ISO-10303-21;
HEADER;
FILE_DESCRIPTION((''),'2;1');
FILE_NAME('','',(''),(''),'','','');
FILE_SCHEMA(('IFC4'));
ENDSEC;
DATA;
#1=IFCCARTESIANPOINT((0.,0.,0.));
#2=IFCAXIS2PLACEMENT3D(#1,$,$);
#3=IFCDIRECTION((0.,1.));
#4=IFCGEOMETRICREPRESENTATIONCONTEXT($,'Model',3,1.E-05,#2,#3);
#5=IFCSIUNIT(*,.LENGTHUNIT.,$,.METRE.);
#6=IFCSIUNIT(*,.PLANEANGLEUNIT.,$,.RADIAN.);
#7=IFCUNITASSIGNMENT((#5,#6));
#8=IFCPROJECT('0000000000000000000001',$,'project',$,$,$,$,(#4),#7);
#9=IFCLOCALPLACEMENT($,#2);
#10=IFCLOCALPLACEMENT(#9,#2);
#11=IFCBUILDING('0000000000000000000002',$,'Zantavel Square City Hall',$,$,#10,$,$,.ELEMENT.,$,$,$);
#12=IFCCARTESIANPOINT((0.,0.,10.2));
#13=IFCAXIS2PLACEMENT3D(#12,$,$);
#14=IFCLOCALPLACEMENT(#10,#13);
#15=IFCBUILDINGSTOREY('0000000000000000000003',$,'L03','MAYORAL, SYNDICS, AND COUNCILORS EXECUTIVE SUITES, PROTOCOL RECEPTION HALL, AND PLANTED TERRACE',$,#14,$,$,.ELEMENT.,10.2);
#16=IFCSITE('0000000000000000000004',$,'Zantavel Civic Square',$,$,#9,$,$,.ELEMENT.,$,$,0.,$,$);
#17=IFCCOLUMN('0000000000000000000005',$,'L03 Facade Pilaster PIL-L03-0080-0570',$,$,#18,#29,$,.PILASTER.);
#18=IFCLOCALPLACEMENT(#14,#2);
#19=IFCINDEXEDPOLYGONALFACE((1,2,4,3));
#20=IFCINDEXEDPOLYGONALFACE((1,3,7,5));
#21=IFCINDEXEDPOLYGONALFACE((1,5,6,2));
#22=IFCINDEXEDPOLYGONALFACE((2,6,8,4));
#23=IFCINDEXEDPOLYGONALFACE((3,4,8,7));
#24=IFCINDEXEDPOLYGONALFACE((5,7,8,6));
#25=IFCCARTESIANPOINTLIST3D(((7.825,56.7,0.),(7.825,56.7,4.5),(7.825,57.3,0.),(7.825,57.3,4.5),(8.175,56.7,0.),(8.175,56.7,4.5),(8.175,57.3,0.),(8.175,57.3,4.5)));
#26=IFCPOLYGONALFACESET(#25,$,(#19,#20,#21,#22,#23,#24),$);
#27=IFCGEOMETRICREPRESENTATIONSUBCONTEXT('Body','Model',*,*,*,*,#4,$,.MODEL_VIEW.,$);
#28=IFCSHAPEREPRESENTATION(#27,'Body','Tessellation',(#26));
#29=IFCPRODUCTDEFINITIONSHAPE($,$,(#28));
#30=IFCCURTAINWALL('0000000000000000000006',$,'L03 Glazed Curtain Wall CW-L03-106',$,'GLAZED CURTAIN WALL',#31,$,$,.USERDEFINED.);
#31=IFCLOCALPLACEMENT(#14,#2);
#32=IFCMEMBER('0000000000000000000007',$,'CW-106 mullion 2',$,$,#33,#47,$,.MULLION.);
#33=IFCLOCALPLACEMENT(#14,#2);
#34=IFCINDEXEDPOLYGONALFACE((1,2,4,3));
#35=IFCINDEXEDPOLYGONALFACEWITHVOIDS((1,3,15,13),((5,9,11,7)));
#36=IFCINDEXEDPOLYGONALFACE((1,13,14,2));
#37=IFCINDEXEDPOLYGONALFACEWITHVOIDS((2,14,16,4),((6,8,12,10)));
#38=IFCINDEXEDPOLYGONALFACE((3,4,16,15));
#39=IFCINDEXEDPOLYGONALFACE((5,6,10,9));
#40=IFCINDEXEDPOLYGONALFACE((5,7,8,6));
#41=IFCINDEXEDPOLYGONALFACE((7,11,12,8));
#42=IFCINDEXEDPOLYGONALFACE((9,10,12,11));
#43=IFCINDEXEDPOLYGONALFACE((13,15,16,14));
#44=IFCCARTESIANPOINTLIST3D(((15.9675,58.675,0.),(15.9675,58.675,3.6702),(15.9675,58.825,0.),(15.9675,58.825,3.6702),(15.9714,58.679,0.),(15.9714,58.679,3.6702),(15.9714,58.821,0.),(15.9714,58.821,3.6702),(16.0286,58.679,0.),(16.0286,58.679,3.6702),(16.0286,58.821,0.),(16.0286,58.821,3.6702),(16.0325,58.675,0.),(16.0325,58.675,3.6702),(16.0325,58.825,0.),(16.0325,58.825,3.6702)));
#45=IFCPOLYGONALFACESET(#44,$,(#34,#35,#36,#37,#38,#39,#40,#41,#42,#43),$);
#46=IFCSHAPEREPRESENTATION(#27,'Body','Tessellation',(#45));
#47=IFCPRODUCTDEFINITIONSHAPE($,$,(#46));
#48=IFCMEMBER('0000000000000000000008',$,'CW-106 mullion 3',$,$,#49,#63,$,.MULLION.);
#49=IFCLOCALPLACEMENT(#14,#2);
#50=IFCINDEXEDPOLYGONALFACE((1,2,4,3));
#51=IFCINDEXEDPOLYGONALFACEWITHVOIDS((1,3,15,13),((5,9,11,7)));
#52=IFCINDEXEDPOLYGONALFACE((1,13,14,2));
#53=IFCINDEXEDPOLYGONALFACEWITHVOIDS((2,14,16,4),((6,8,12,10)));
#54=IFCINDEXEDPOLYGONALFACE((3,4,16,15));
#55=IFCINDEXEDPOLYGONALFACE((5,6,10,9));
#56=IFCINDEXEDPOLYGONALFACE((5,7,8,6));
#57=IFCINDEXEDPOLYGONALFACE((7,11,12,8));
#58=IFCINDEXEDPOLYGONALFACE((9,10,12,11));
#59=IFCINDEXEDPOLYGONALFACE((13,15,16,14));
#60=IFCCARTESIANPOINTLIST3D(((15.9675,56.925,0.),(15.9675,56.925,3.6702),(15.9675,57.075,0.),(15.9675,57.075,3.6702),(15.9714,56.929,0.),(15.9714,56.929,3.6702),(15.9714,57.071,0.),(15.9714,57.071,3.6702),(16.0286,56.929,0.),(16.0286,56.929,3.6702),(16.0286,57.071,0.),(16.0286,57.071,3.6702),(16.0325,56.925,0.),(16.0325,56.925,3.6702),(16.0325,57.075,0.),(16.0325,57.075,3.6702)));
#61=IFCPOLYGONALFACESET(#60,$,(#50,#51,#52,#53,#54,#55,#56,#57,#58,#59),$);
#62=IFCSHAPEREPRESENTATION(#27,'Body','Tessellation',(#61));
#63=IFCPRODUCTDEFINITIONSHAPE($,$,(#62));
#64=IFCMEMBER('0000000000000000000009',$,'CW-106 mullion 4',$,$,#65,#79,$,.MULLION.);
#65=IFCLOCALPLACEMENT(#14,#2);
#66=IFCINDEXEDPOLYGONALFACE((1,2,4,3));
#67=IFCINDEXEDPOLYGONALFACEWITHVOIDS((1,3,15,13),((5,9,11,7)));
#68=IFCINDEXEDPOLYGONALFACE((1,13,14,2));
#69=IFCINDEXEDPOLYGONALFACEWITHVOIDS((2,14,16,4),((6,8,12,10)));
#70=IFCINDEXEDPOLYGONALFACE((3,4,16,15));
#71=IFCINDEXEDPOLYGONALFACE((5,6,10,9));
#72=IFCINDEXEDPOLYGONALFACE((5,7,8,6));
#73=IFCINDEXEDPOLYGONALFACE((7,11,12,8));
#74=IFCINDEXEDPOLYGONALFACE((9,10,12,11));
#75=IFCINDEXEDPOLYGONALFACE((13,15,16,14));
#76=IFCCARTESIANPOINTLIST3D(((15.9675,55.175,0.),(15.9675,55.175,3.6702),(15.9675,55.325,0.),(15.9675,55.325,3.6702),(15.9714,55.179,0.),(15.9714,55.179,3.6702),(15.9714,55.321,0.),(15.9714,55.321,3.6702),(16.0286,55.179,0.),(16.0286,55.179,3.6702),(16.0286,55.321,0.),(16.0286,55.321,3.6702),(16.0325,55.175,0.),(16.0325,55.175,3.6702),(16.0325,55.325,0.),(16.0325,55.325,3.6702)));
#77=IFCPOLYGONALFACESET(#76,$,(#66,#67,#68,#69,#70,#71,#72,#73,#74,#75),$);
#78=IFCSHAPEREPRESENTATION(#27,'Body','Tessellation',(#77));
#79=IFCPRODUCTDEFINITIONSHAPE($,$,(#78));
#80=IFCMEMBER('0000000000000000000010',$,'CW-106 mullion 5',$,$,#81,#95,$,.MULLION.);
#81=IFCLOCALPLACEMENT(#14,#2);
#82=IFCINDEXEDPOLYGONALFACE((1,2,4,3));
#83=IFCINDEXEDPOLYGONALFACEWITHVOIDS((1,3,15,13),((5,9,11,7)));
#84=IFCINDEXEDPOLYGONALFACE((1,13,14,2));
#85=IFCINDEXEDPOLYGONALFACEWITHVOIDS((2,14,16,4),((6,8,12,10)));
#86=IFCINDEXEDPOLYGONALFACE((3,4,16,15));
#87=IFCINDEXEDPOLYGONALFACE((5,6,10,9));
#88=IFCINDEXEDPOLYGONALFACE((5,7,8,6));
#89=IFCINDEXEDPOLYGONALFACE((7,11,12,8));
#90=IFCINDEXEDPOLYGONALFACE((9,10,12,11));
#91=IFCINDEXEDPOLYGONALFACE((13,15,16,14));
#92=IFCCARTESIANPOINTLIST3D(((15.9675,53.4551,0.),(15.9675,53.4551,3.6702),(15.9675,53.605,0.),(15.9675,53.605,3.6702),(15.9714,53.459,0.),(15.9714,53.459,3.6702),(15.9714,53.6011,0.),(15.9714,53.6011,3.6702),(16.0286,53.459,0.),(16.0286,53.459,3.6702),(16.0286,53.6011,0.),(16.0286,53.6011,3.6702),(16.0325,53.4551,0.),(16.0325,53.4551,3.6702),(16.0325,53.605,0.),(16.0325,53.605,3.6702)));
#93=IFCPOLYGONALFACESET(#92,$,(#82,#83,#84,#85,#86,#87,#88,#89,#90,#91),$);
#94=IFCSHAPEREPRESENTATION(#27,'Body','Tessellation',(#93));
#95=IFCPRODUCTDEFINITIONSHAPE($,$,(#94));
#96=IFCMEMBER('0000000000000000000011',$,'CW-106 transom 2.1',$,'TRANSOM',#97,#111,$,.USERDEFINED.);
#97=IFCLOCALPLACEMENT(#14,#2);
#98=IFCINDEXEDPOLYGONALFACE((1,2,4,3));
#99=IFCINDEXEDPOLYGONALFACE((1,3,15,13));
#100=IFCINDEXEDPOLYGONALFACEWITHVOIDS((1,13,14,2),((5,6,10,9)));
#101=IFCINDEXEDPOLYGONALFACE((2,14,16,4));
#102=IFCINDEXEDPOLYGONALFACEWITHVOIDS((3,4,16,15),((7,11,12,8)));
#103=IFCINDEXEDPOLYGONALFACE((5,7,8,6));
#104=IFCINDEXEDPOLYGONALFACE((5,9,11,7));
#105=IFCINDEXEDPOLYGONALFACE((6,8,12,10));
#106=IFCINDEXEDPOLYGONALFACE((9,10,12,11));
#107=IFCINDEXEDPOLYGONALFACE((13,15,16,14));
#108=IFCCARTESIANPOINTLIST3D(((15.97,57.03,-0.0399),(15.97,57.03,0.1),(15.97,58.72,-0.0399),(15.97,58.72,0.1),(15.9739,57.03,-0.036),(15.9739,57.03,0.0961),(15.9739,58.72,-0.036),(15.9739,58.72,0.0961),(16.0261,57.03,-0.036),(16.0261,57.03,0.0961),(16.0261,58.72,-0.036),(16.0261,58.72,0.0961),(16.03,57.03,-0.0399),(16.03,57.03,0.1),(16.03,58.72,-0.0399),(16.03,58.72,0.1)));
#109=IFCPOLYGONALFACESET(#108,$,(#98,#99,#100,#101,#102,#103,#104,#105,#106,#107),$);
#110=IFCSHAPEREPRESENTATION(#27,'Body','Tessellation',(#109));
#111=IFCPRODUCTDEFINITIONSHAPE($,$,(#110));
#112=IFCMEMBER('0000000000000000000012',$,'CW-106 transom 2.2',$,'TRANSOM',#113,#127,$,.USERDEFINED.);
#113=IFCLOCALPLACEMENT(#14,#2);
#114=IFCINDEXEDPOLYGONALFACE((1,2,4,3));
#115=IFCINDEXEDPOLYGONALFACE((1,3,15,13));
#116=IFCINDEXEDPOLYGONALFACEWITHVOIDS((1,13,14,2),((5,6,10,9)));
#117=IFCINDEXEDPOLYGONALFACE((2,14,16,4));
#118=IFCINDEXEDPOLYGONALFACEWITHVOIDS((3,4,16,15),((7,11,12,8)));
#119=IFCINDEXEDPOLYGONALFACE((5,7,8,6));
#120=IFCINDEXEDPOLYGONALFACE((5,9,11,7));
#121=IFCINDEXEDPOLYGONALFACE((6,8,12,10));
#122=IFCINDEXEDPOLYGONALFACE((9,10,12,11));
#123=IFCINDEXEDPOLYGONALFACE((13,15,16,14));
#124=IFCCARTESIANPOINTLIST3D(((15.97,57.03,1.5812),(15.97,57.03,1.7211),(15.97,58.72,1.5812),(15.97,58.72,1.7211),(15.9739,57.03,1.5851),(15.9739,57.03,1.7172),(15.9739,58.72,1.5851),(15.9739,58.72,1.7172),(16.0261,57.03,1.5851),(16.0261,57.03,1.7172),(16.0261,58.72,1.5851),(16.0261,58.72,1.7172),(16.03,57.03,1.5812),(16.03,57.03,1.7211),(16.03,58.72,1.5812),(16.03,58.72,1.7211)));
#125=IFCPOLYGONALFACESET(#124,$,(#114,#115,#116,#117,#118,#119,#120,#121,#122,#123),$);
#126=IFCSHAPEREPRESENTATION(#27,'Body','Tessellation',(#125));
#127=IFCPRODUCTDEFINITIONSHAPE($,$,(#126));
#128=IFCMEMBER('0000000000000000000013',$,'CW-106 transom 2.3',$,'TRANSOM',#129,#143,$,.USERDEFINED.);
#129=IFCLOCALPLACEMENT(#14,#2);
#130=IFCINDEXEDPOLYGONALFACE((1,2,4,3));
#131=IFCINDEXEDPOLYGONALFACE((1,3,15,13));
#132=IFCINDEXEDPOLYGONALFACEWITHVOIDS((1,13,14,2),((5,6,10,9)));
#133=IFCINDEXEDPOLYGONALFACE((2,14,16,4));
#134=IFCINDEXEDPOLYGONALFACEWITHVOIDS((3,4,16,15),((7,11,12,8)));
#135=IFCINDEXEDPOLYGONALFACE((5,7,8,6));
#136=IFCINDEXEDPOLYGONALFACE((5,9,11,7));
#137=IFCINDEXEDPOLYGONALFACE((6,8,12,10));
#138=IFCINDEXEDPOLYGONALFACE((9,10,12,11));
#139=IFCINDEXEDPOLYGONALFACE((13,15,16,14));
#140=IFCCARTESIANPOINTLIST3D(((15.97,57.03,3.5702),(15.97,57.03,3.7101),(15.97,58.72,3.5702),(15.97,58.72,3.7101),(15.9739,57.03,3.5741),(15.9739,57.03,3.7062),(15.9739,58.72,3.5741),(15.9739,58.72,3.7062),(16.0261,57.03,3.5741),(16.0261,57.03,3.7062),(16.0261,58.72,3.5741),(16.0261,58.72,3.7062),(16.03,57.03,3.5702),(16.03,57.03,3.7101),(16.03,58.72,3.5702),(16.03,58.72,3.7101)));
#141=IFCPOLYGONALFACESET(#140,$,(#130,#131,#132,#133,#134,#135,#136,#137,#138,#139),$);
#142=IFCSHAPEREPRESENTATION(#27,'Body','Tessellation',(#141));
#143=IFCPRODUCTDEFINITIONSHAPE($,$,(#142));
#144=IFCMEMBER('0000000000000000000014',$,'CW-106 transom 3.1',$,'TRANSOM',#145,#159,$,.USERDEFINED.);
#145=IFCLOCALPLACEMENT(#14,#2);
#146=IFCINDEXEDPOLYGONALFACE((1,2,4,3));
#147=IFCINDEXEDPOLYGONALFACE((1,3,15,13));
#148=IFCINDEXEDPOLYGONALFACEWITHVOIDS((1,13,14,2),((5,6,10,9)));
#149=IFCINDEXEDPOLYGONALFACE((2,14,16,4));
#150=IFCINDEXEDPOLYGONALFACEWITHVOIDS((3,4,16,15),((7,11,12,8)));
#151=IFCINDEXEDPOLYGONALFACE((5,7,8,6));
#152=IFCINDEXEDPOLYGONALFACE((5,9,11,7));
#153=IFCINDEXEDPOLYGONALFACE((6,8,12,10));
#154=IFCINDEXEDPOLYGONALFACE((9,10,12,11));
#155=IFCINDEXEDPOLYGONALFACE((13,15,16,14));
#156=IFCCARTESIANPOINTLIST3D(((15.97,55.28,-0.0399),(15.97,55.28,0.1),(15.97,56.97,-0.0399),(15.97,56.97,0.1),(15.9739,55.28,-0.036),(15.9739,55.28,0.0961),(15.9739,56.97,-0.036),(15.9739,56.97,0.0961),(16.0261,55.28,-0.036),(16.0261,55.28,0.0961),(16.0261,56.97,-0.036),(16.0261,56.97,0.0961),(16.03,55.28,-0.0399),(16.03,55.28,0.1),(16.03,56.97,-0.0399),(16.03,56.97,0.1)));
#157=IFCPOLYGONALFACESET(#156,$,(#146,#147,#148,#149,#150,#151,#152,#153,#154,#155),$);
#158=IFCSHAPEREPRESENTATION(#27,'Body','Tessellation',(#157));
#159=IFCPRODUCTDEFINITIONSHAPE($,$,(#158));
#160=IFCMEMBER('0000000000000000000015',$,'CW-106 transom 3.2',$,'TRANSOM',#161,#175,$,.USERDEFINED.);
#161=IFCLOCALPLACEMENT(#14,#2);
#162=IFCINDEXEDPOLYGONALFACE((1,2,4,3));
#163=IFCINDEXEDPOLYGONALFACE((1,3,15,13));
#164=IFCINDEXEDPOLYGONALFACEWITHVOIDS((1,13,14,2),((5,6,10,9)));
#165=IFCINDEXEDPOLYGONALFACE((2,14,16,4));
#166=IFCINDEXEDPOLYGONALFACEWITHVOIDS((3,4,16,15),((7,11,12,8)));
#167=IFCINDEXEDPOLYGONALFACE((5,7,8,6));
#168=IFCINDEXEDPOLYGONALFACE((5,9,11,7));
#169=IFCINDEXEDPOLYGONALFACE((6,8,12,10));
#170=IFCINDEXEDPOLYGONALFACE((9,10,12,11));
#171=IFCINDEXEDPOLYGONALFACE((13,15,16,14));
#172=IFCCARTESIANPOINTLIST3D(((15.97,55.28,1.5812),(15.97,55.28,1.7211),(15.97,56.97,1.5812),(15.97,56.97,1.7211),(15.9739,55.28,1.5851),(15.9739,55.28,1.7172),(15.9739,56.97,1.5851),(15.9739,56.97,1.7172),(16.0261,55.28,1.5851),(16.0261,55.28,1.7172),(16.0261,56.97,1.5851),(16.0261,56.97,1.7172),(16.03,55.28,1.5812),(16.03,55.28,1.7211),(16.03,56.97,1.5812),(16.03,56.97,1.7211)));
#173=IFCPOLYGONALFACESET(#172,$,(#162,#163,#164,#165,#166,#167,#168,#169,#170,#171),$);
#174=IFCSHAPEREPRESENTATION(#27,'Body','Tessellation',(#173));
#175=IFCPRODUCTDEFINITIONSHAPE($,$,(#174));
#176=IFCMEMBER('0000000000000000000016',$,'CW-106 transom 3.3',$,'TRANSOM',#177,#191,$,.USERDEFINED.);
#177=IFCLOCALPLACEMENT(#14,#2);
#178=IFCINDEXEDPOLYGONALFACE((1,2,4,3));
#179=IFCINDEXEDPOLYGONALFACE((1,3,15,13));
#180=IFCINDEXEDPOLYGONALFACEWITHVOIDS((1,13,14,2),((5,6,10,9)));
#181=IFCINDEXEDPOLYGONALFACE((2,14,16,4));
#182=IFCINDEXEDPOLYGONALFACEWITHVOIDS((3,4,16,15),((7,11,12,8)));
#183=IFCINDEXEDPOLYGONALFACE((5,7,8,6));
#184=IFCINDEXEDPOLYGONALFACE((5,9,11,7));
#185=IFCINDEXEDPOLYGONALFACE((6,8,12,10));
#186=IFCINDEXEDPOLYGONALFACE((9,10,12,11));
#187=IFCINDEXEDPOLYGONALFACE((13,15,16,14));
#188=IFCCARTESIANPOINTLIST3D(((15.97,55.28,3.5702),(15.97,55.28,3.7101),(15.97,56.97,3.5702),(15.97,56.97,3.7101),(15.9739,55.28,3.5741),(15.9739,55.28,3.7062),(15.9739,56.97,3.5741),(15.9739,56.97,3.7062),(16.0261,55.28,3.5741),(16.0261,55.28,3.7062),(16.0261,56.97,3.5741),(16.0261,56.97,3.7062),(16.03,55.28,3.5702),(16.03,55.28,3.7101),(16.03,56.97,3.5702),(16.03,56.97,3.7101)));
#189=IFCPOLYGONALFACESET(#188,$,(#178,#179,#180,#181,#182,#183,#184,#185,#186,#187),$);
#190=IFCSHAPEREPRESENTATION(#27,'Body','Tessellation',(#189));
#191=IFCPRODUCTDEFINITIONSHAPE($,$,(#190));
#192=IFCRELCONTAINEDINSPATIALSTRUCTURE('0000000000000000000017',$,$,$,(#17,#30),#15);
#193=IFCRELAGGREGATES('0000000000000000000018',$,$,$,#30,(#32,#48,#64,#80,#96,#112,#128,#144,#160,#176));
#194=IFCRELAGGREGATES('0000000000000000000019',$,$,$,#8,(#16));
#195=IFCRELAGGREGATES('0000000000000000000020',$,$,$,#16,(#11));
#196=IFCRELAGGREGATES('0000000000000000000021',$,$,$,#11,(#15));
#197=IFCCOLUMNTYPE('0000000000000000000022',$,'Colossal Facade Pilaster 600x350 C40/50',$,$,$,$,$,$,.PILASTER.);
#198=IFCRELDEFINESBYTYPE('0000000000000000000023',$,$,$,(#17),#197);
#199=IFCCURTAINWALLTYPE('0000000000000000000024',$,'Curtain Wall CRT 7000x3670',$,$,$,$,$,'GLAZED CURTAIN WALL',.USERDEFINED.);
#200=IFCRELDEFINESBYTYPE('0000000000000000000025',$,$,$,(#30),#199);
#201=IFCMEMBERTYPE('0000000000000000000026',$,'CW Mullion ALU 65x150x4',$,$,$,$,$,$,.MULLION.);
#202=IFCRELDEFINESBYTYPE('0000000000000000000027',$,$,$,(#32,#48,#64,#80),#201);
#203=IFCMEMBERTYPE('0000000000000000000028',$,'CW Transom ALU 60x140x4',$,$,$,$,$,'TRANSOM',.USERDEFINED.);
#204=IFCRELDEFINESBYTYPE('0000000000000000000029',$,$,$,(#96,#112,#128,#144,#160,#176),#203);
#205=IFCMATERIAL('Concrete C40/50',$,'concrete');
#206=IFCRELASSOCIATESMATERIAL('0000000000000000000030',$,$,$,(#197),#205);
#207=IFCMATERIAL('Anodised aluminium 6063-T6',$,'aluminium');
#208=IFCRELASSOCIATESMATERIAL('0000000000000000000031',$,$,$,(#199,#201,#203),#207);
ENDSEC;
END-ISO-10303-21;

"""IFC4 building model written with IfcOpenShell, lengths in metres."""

from ifc_helpers import new_model, si_unit, direction, frame, origin, origin_2d, place, context, subcontext, project, spatial, rectangle, hollow_rectangle, extrude, material, material_profile, profile_set, type_object, element, aggregate, save


model = new_model("IFC4")

# Units and contexts
model_context = context("Model", 3, precision=1e-05, world=origin(), true_north=direction((0.0, 1.0)))
body_context = subcontext(model_context, "Body", "Model", "MODEL_VIEW")
ifc_project = project(units=[si_unit("LENGTHUNIT", "METRE"), si_unit("PLANEANGLEUNIT", "RADIAN")], contexts=[model_context])

# Site, building, storey
site_placement = place(None, origin())
site = spatial("IfcSite", under=ifc_project, at=site_placement, Name="Zantavel Civic Square", CompositionType="ELEMENT", RefElevation=0.0)
building_placement = place(site_placement, origin())
building = spatial("IfcBuilding", under=site, at=building_placement, Name="Zantavel Square City Hall", CompositionType="ELEMENT")
storey_placement = place(building_placement, frame((0.0, 0.0, 10.2)))
storey = spatial("IfcBuildingStorey", under=building, at=storey_placement, Name="L03", Description="MAYORAL, SYNDICS, AND COUNCILORS EXECUTIVE SUITES, PROTOCOL RECEPTION HALL, AND PLANTED TERRACE", CompositionType="ELEMENT", Elevation=10.2)

# Column
ifc_material_1 = material(Name="Concrete C40/50", Category="concrete")
ifc_material_profile_1 = material_profile(ifc_material_1, rectangle(XDim=0.6001, YDim=0.3501, at=origin_2d()), Name="RC 600x350")
ifc_profile_set_1 = profile_set([ifc_material_profile_1], Name="Concrete C40/50")
column_type = type_object("IfcColumnType", Name="Colossal Facade Pilaster 600x350 C40/50", PredefinedType="PILASTER", material=ifc_profile_set_1)
column_placement = place(storey_placement, frame((8.0, 57.0, 0.0), z_axis=(0.0, 0.0, 1.0), x_axis=(0.0, 1.0, 0.0)))
element("IfcColumn", 1, at=column_placement, inside=storey, type_object=column_type, Name="L03 Facade Pilaster PIL-L03-0080-0570", PredefinedType="PILASTER", context=body_context, shape_type="SweptSolid", body=[
    extrude(rectangle(XDim=0.6001, YDim=0.3501, at=origin_2d()), origin(), (0.0, 0.0, 1.0), 4.5),
])

# Curtain wall, members
ifc_material_2 = material(Name="Anodised aluminium 6063-T6", Category="aluminium")
curtain_wall_type = type_object("IfcCurtainWallType", Name="Curtain Wall CRT 7000x3670", ElementType="GLAZED CURTAIN WALL", PredefinedType="USERDEFINED", material=ifc_material_2)
curtain_wall_placement = place(storey_placement, origin())
curtain_wall = element("IfcCurtainWall", 2, at=curtain_wall_placement, inside=storey, type_object=curtain_wall_type, Name="L03 Glazed Curtain Wall CW-L03-106", ObjectType="GLAZED CURTAIN WALL", PredefinedType="USERDEFINED")
ifc_material_profile_2 = material_profile(ifc_material_2, hollow_rectangle(XDim=0.0649, YDim=0.1499, WallThickness=0.0039, at=origin_2d()), Name="ALU 65x150x4")
ifc_profile_set_2 = profile_set([ifc_material_profile_2], Name="Anodised aluminium 6063-T6")
member_type_1 = type_object("IfcMemberType", Name="CW Mullion ALU 65x150x4", PredefinedType="MULLION", material=ifc_profile_set_2)
member_1_placement = place(storey_placement, frame((16.0, 58.75, 0.0), z_axis=(0.0, 0.0, 1.0), x_axis=(1.0, 0.0, 0.0)))
member_1 = element("IfcMember", 3, at=member_1_placement, type_object=member_type_1, Name="CW-106 mullion 2", PredefinedType="MULLION", context=body_context, shape_type="SweptSolid", body=[
    extrude(hollow_rectangle(XDim=0.0649, YDim=0.1499, WallThickness=0.0039, at=origin_2d()), origin(), (0.0, 0.0, 1.0), 3.6702),
])
member_2_placement = place(storey_placement, frame((16.0, 57.0, 0.0), z_axis=(0.0, 0.0, 1.0), x_axis=(1.0, 0.0, 0.0)))
member_2 = element("IfcMember", 4, at=member_2_placement, type_object=member_type_1, Name="CW-106 mullion 3", PredefinedType="MULLION", context=body_context, shape_type="SweptSolid", body=[
    extrude(hollow_rectangle(XDim=0.0649, YDim=0.1499, WallThickness=0.0039, at=origin_2d()), origin(), (0.0, 0.0, 1.0), 3.6702),
])
member_3_placement = place(storey_placement, frame((16.0, 55.25, 0.0), z_axis=(0.0, 0.0, 1.0), x_axis=(1.0, 0.0, 0.0)))
member_3 = element("IfcMember", 5, at=member_3_placement, type_object=member_type_1, Name="CW-106 mullion 4", PredefinedType="MULLION", context=body_context, shape_type="SweptSolid", body=[
    extrude(hollow_rectangle(XDim=0.0649, YDim=0.1499, WallThickness=0.0039, at=origin_2d()), origin(), (0.0, 0.0, 1.0), 3.6702),
])
member_4_placement = place(storey_placement, frame((16.0, 53.53, 0.0), z_axis=(0.0, 0.0, 1.0), x_axis=(1.0, 0.0, 0.0)))
member_4 = element("IfcMember", 6, at=member_4_placement, type_object=member_type_1, Name="CW-106 mullion 5", PredefinedType="MULLION", context=body_context, shape_type="SweptSolid", body=[
    extrude(hollow_rectangle(XDim=0.0649, YDim=0.1499, WallThickness=0.0039, at=origin_2d()), origin(), (0.0, 0.0, 1.0), 3.6702),
])
ifc_material_profile_3 = material_profile(ifc_material_2, hollow_rectangle(XDim=0.0601, YDim=0.1399, WallThickness=0.0039, at=origin_2d()), Name="ALU 60x140x4")
ifc_profile_set_3 = profile_set([ifc_material_profile_3], Name="Anodised aluminium 6063-T6")
member_type_2 = type_object("IfcMemberType", Name="CW Transom ALU 60x140x4", ElementType="TRANSOM", PredefinedType="USERDEFINED", material=ifc_profile_set_3)
member_5_placement = place(storey_placement, frame((16.0, 58.72, 0.03), z_axis=(0.0, -1.0, 0.0), x_axis=(1.0, 0.0, 0.0)))
member_5 = element("IfcMember", 7, at=member_5_placement, type_object=member_type_2, Name="CW-106 transom 2.1", ObjectType="TRANSOM", PredefinedType="USERDEFINED", context=body_context, shape_type="SweptSolid", body=[
    extrude(hollow_rectangle(XDim=0.0601, YDim=0.1399, WallThickness=0.0039, at=origin_2d()), origin(), (0.0, 0.0, 1.0), 1.6899),
])
member_6_placement = place(storey_placement, frame((16.0, 58.72, 1.6511), z_axis=(0.0, -1.0, 0.0), x_axis=(1.0, 0.0, 0.0)))
member_6 = element("IfcMember", 8, at=member_6_placement, type_object=member_type_2, Name="CW-106 transom 2.2", ObjectType="TRANSOM", PredefinedType="USERDEFINED", context=body_context, shape_type="SweptSolid", body=[
    extrude(hollow_rectangle(XDim=0.0601, YDim=0.1399, WallThickness=0.0039, at=origin_2d()), origin(), (0.0, 0.0, 1.0), 1.6899),
])
member_7_placement = place(storey_placement, frame((16.0, 58.72, 3.6401), z_axis=(0.0, -1.0, 0.0), x_axis=(1.0, 0.0, 0.0)))
member_7 = element("IfcMember", 9, at=member_7_placement, type_object=member_type_2, Name="CW-106 transom 2.3", ObjectType="TRANSOM", PredefinedType="USERDEFINED", context=body_context, shape_type="SweptSolid", body=[
    extrude(hollow_rectangle(XDim=0.0601, YDim=0.1399, WallThickness=0.0039, at=origin_2d()), origin(), (0.0, 0.0, 1.0), 1.6899),
])
member_8_placement = place(storey_placement, frame((16.0, 56.97, 0.03), z_axis=(0.0, -1.0, 0.0), x_axis=(1.0, 0.0, 0.0)))
member_8 = element("IfcMember", 10, at=member_8_placement, type_object=member_type_2, Name="CW-106 transom 3.1", ObjectType="TRANSOM", PredefinedType="USERDEFINED", context=body_context, shape_type="SweptSolid", body=[
    extrude(hollow_rectangle(XDim=0.0601, YDim=0.1399, WallThickness=0.0039, at=origin_2d()), origin(), (0.0, 0.0, 1.0), 1.6899),
])
member_9_placement = place(storey_placement, frame((16.0, 56.97, 1.6511), z_axis=(0.0, -1.0, 0.0), x_axis=(1.0, 0.0, 0.0)))
member_9 = element("IfcMember", 11, at=member_9_placement, type_object=member_type_2, Name="CW-106 transom 3.2", ObjectType="TRANSOM", PredefinedType="USERDEFINED", context=body_context, shape_type="SweptSolid", body=[
    extrude(hollow_rectangle(XDim=0.0601, YDim=0.1399, WallThickness=0.0039, at=origin_2d()), origin(), (0.0, 0.0, 1.0), 1.6899),
])
member_10_placement = place(storey_placement, frame((16.0, 56.97, 3.6401), z_axis=(0.0, -1.0, 0.0), x_axis=(1.0, 0.0, 0.0)))
member_10 = element("IfcMember", 12, at=member_10_placement, type_object=member_type_2, Name="CW-106 transom 3.3", ObjectType="TRANSOM", PredefinedType="USERDEFINED", context=body_context, shape_type="SweptSolid", body=[
    extrude(hollow_rectangle(XDim=0.0601, YDim=0.1399, WallThickness=0.0039, at=origin_2d()), origin(), (0.0, 0.0, 1.0), 1.6899),
])
aggregate(curtain_wall, [member_1, member_2, member_3, member_4, member_5, member_6, member_7, member_8, member_9, member_10])

save(model, "model.ifc")
